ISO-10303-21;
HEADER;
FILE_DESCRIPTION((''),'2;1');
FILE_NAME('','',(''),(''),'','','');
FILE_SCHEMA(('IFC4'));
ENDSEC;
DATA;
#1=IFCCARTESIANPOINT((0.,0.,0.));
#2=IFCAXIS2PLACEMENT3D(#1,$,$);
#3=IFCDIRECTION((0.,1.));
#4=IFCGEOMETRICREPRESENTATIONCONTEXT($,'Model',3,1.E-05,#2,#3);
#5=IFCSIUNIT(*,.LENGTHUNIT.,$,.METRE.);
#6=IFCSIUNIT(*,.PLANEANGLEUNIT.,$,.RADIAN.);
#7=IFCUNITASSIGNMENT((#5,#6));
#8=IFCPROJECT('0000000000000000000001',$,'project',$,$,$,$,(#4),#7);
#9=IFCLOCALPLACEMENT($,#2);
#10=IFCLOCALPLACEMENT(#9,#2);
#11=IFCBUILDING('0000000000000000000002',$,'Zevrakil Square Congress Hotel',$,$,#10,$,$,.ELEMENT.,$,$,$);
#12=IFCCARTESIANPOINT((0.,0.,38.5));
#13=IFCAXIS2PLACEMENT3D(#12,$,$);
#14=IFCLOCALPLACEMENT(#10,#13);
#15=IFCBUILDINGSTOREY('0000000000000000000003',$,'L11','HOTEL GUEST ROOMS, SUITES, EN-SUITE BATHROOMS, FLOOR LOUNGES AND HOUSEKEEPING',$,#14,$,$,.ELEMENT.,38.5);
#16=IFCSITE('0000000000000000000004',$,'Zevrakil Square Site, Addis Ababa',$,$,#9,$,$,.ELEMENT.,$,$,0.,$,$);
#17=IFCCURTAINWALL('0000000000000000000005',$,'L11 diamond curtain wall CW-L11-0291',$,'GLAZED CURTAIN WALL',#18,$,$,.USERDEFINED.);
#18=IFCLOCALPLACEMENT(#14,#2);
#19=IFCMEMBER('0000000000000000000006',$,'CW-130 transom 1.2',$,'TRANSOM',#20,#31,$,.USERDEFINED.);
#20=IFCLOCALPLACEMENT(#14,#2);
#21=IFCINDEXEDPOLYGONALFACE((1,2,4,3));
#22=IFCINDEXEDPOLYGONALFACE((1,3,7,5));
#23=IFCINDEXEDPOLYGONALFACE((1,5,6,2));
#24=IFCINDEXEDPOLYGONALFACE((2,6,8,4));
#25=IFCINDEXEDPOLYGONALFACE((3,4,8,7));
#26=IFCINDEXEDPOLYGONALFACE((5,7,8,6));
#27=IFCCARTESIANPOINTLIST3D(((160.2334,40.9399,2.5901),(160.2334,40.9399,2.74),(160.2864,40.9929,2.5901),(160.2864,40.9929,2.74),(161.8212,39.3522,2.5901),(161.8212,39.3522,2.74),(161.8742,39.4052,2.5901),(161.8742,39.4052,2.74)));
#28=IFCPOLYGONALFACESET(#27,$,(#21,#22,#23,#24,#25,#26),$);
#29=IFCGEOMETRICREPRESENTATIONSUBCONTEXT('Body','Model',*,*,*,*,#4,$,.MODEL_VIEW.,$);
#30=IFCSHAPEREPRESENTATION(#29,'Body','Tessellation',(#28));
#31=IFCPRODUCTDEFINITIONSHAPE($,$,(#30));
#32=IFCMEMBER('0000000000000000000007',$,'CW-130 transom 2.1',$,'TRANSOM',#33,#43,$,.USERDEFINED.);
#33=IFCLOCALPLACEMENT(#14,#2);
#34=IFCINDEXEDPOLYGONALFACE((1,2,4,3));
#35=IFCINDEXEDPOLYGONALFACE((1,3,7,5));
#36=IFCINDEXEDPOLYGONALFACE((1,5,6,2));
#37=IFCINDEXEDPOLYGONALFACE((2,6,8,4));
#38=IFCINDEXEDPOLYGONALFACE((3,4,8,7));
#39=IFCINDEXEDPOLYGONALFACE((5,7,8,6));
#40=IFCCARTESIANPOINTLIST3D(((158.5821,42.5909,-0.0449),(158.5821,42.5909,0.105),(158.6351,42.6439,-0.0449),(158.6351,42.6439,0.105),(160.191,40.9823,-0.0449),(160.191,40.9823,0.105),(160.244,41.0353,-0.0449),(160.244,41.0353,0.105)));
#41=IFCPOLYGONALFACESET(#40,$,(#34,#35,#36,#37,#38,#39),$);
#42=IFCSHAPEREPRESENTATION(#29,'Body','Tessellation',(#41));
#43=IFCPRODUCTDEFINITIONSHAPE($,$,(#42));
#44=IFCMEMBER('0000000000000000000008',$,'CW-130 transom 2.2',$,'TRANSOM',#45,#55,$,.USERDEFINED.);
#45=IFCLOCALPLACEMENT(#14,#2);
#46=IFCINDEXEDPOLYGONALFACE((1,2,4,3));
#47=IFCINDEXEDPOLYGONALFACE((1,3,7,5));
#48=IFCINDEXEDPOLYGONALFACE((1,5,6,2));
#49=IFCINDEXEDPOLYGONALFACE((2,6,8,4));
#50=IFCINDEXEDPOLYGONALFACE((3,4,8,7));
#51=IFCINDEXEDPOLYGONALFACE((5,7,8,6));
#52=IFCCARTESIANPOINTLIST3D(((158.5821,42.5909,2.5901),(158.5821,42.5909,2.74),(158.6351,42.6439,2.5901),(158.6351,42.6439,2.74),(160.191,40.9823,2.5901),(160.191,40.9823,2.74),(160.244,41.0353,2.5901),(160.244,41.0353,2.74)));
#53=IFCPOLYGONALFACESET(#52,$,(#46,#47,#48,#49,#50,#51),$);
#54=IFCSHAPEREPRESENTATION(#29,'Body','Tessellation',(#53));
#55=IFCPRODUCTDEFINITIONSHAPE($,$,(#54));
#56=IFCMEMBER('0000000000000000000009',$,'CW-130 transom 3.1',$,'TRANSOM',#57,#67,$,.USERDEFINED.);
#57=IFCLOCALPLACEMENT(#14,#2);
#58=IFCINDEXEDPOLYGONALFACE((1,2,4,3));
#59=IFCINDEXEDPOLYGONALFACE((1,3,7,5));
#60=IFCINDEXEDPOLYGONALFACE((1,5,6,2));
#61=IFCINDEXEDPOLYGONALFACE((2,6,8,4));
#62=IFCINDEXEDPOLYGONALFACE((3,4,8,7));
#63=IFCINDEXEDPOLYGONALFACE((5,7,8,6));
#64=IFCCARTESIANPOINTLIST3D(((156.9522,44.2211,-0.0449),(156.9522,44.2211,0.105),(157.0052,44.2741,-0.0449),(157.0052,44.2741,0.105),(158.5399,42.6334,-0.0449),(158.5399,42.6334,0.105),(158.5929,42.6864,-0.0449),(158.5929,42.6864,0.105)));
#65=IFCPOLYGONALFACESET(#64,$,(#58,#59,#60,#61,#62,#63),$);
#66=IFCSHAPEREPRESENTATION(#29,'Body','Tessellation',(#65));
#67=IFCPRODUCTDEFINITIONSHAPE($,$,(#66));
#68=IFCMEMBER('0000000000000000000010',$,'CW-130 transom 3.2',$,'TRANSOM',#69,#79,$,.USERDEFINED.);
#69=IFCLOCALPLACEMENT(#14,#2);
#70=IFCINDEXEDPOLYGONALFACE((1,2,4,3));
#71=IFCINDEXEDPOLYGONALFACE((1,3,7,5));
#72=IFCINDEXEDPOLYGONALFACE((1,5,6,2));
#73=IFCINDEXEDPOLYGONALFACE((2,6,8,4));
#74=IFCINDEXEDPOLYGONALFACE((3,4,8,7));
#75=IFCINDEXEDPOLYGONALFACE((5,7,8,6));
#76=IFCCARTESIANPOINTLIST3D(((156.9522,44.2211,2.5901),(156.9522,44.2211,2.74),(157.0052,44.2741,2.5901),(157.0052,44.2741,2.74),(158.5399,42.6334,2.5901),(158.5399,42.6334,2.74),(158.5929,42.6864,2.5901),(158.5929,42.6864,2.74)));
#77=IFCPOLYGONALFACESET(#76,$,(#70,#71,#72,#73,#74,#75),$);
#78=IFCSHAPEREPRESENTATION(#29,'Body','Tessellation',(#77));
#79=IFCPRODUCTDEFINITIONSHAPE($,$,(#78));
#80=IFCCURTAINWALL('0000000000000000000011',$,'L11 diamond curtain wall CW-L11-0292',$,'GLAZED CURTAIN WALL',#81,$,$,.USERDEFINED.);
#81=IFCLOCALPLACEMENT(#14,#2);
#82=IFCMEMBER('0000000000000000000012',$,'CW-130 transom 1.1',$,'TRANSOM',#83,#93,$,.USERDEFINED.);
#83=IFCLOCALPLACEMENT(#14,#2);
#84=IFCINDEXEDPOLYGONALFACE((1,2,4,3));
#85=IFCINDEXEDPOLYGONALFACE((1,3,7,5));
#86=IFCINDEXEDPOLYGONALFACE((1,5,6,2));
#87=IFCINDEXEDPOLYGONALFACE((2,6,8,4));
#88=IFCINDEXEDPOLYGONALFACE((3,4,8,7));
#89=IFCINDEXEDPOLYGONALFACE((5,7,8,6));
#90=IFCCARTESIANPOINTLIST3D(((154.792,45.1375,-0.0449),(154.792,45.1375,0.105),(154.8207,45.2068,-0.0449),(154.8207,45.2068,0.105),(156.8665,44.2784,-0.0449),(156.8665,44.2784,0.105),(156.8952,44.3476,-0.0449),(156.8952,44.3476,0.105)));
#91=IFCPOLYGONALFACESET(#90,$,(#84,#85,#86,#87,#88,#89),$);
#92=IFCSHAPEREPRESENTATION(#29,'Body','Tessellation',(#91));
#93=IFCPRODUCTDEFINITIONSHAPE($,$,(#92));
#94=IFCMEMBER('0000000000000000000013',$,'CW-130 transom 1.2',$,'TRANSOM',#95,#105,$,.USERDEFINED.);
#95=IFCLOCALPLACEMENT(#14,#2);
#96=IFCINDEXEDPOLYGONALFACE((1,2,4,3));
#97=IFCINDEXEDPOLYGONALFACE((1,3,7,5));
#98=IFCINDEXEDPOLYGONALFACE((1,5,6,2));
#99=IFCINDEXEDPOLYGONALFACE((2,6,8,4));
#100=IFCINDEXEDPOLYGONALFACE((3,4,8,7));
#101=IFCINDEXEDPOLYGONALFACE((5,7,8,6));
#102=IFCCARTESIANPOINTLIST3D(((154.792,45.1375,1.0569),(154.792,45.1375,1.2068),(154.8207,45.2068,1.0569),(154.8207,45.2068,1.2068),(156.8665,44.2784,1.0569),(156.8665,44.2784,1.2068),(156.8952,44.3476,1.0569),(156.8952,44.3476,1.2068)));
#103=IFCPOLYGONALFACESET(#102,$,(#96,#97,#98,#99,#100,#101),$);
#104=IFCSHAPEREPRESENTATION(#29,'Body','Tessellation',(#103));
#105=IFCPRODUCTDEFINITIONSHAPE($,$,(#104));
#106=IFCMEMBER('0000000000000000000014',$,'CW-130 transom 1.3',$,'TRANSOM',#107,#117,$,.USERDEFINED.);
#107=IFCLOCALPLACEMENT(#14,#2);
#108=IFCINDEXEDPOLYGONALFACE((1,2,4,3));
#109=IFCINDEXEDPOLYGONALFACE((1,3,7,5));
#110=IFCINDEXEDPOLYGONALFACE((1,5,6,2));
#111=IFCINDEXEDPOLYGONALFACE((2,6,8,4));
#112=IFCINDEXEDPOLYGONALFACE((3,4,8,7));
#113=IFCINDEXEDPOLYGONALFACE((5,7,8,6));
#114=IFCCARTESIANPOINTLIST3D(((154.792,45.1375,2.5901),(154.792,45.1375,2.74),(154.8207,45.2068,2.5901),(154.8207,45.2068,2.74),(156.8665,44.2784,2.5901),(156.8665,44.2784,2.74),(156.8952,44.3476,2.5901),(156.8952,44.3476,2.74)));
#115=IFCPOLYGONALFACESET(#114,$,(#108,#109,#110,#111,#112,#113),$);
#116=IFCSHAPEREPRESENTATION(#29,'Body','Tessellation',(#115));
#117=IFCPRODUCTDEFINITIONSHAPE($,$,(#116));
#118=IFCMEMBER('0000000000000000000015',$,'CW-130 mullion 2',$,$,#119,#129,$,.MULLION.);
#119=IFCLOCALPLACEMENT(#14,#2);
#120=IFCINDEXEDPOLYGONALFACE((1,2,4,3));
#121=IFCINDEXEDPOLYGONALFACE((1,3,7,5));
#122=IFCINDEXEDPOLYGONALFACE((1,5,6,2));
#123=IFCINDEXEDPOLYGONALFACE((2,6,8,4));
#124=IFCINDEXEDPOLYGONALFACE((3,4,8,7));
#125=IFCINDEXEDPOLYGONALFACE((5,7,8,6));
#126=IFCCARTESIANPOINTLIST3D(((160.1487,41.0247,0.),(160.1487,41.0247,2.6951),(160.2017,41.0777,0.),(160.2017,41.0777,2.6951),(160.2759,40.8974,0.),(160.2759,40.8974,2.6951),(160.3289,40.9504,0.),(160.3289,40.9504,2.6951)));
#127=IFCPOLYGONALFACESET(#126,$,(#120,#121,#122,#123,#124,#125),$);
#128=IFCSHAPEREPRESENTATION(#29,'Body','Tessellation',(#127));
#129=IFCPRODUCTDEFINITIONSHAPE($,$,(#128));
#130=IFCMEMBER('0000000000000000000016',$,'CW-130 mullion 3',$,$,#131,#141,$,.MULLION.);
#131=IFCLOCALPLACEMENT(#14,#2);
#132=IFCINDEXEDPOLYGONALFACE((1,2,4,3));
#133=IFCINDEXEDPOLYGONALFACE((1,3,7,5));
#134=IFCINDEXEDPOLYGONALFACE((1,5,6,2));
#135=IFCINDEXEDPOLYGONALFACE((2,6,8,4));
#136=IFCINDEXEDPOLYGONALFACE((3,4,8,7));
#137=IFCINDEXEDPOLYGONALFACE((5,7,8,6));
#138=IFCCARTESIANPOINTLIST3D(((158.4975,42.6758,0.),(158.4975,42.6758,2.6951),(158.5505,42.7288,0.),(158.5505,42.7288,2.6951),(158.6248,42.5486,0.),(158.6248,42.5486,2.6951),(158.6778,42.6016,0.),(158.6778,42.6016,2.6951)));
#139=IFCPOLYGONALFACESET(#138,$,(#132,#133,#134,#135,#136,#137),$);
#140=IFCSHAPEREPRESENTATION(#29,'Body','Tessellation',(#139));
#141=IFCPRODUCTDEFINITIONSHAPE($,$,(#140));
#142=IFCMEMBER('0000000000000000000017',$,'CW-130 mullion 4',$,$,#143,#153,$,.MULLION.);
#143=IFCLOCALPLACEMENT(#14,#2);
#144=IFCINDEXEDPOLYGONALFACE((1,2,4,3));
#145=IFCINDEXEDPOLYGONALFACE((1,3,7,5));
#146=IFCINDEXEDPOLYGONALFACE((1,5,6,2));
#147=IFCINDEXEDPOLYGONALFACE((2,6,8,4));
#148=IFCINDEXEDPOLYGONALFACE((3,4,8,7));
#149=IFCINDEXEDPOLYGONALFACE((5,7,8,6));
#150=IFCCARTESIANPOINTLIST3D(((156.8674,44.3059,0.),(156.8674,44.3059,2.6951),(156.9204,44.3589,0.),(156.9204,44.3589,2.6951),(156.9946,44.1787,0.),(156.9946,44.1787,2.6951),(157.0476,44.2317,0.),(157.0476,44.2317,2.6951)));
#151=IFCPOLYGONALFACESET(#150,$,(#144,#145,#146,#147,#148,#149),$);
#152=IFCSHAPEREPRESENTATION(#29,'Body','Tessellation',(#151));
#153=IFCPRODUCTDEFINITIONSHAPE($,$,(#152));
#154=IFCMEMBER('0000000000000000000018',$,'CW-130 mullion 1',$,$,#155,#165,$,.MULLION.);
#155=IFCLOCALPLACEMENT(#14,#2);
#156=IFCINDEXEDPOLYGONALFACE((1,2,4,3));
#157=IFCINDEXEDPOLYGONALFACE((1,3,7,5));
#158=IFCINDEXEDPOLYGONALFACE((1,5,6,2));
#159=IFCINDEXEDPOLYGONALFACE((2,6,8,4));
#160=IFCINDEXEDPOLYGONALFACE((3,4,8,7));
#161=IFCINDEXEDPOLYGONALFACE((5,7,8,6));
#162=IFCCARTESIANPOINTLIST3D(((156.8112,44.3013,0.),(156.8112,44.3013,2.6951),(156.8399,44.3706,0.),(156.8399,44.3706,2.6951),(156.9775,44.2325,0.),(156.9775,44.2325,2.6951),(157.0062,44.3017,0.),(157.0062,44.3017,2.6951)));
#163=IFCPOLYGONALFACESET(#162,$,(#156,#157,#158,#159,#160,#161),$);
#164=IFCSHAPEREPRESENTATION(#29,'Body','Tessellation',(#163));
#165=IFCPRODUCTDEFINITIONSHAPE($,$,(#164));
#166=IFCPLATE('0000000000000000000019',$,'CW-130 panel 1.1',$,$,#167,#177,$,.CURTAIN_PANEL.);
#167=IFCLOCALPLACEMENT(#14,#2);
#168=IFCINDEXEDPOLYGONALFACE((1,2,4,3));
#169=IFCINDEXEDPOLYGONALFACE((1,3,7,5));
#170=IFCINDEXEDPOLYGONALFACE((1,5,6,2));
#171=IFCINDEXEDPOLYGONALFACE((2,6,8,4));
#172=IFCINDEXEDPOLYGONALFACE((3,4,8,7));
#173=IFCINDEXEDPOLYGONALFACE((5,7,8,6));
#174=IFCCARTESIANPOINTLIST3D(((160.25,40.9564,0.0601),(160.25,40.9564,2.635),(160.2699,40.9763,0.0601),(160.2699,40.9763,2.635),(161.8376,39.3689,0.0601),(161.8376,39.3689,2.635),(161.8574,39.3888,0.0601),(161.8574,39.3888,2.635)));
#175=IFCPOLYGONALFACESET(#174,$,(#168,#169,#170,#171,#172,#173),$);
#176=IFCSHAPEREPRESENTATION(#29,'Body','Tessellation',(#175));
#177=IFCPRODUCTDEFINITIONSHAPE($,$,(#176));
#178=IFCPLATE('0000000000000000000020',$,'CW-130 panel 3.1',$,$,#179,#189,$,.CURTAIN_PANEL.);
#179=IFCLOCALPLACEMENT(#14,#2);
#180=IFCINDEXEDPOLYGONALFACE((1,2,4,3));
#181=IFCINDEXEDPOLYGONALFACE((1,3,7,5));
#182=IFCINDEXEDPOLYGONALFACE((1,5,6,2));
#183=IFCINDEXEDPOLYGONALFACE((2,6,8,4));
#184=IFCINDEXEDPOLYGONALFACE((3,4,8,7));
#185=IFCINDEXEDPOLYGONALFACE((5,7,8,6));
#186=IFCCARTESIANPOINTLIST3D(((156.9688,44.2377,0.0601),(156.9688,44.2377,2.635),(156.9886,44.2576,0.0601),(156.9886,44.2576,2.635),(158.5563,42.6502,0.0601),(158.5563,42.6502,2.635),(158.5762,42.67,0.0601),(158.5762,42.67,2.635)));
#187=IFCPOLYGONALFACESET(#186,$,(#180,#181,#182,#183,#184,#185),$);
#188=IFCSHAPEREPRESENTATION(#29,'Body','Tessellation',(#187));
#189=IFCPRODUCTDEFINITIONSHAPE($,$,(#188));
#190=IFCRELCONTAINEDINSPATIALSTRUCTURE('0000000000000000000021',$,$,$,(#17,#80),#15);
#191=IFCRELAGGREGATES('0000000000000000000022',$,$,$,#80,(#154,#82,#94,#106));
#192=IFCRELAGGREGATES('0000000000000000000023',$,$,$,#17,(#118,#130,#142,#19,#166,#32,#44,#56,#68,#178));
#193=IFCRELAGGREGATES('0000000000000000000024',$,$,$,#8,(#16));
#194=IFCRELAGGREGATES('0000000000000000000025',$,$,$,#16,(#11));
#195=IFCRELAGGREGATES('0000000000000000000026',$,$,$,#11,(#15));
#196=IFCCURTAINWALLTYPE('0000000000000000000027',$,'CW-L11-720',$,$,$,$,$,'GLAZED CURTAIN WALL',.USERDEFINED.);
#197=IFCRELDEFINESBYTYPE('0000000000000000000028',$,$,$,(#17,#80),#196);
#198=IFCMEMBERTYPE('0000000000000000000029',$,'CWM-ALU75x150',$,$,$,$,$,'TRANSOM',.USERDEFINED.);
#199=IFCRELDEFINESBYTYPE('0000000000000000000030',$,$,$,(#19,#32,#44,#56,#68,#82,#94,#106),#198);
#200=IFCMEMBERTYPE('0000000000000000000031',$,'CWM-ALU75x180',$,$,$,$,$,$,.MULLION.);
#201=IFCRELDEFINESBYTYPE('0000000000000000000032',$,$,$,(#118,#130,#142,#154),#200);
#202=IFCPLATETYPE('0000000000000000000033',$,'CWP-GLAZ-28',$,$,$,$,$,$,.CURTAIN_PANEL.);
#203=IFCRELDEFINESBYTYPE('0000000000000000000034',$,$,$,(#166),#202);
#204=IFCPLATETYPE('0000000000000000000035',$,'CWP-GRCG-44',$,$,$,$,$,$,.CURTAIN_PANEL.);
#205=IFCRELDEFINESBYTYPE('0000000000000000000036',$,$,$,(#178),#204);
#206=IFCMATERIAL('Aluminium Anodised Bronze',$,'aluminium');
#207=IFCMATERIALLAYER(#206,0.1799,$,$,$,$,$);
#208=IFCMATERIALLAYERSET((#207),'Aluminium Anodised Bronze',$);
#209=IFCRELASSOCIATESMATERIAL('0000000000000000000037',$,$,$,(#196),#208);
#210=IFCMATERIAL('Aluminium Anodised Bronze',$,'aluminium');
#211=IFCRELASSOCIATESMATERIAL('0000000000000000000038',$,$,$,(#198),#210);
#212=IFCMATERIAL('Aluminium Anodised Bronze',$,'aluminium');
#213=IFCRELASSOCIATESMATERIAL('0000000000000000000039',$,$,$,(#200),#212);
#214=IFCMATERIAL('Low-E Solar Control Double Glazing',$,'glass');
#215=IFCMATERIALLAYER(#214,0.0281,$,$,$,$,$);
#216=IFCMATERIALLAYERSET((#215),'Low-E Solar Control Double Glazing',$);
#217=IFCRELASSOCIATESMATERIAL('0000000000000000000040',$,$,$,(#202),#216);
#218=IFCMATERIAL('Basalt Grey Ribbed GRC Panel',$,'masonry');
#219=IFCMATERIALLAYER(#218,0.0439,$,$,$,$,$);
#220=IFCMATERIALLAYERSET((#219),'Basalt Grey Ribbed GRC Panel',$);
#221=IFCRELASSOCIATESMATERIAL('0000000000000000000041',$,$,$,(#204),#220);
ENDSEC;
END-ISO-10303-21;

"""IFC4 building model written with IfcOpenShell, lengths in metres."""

from ifc_helpers import new_model, si_unit, direction, frame, origin, origin_2d, place, context, subcontext, project, spatial, rectangle, extrude, material, layer, layer_set, material_profile, profile_set, type_object, element, aggregate, save


model = new_model("IFC4")

# Units and contexts
model_context = context("Model", 3, precision=1e-05, world=origin(), true_north=direction((0.0, 1.0)))
body_context = subcontext(model_context, "Body", "Model", "MODEL_VIEW")
ifc_project = project(units=[si_unit("LENGTHUNIT", "METRE"), si_unit("PLANEANGLEUNIT", "RADIAN")], contexts=[model_context])

# Site, building, storey
site_placement = place(None, origin())
site = spatial("IfcSite", under=ifc_project, at=site_placement, Name="Zevrakil Square Site, Addis Ababa", CompositionType="ELEMENT", RefElevation=0.0)
building_placement = place(site_placement, origin())
building = spatial("IfcBuilding", under=site, at=building_placement, Name="Zevrakil Square Congress Hotel", CompositionType="ELEMENT")
storey_placement = place(building_placement, frame((0.0, 0.0, 38.5)))
storey = spatial("IfcBuildingStorey", under=building, at=storey_placement, Name="L11", Description="HOTEL GUEST ROOMS, SUITES, EN-SUITE BATHROOMS, FLOOR LOUNGES AND HOUSEKEEPING", CompositionType="ELEMENT", Elevation=38.5)

# Curtain walls, members
ifc_material_1 = material(Name="Aluminium Anodised Bronze", Category="aluminium")
ifc_layer_1 = layer(ifc_material_1, 0.1799)
ifc_layer_set_1 = layer_set([ifc_layer_1], Name="Aluminium Anodised Bronze")
curtain_wall_type = type_object("IfcCurtainWallType", Name="CW-L11-720", ElementType="GLAZED CURTAIN WALL", PredefinedType="USERDEFINED", material=ifc_layer_set_1)
curtain_wall_1_placement = place(storey_placement, origin())
curtain_wall_1 = element("IfcCurtainWall", 1, at=curtain_wall_1_placement, inside=storey, type_object=curtain_wall_type, Name="L11 diamond curtain wall CW-L11-0291", ObjectType="GLAZED CURTAIN WALL", PredefinedType="USERDEFINED")
ifc_material_2 = material(Name="Aluminium Anodised Bronze", Category="aluminium")
ifc_material_profile_1 = material_profile(ifc_material_2, rectangle(XDim=0.075, YDim=0.1499, at=origin_2d()), Name="ALU 75x150")
ifc_profile_set_1 = profile_set([ifc_material_profile_1], Name="Aluminium Anodised Bronze")
member_type_1 = type_object("IfcMemberType", Name="CWM-ALU75x150", ElementType="TRANSOM", PredefinedType="USERDEFINED", material=ifc_profile_set_1)
member_1_placement = place(storey_placement, frame((161.8477, 39.3787, 2.665), z_axis=(-0.707107, 0.707107, 0.0), x_axis=(-0.707107, -0.707107, 0.0)))
member_1 = element("IfcMember", 2, at=member_1_placement, type_object=member_type_1, Name="CW-130 transom 1.2", ObjectType="TRANSOM", PredefinedType="USERDEFINED", context=body_context, shape_type="SweptSolid", body=[
    extrude(rectangle(XDim=0.075, YDim=0.1499, at=origin_2d()), origin(), (0.0, 0.0, 1.0), 2.2454),
])
member_2_placement = place(storey_placement, frame((160.2175, 41.0088, 0.03), z_axis=(-0.70716, 0.707053, 0.0), x_axis=(-0.707053, -0.70716, 0.0)))
member_2 = element("IfcMember", 3, at=member_2_placement, type_object=member_type_1, Name="CW-130 transom 2.1", ObjectType="TRANSOM", PredefinedType="USERDEFINED", context=body_context, shape_type="SweptSolid", body=[
    extrude(rectangle(XDim=0.075, YDim=0.1499, at=origin_2d()), origin(), (0.0, 0.0, 1.0), 2.2751),
])
member_3_placement = place(storey_placement, frame((160.2175, 41.0088, 2.665), z_axis=(-0.70716, 0.707053, 0.0), x_axis=(-0.707053, -0.70716, 0.0)))
member_3 = element("IfcMember", 4, at=member_3_placement, type_object=member_type_1, Name="CW-130 transom 2.2", ObjectType="TRANSOM", PredefinedType="USERDEFINED", context=body_context, shape_type="SweptSolid", body=[
    extrude(rectangle(XDim=0.075, YDim=0.1499, at=origin_2d()), origin(), (0.0, 0.0, 1.0), 2.2751),
])
member_4_placement = place(storey_placement, frame((158.5664, 42.6599, 0.03), z_axis=(-0.707107, 0.707107, 0.0), x_axis=(-0.707107, -0.707107, 0.0)))
member_4 = element("IfcMember", 5, at=member_4_placement, type_object=member_type_1, Name="CW-130 transom 3.1", ObjectType="TRANSOM", PredefinedType="USERDEFINED", context=body_context, shape_type="SweptSolid", body=[
    extrude(rectangle(XDim=0.075, YDim=0.1499, at=origin_2d()), origin(), (0.0, 0.0, 1.0), 2.2454),
])
member_5_placement = place(storey_placement, frame((158.5664, 42.6599, 2.665), z_axis=(-0.707107, 0.707107, 0.0), x_axis=(-0.707107, -0.707107, 0.0)))
member_5 = element("IfcMember", 6, at=member_5_placement, type_object=member_type_1, Name="CW-130 transom 3.2", ObjectType="TRANSOM", PredefinedType="USERDEFINED", context=body_context, shape_type="SweptSolid", body=[
    extrude(rectangle(XDim=0.075, YDim=0.1499, at=origin_2d()), origin(), (0.0, 0.0, 1.0), 2.2454),
])
curtain_wall_2_placement = place(storey_placement, origin())
curtain_wall_2 = element("IfcCurtainWall", 7, at=curtain_wall_2_placement, inside=storey, type_object=curtain_wall_type, Name="L11 diamond curtain wall CW-L11-0292", ObjectType="GLAZED CURTAIN WALL", PredefinedType="USERDEFINED")
member_6_placement = place(storey_placement, frame((156.8809, 44.313, 0.03), z_axis=(-0.923902, 0.38263, 0.0), x_axis=(-0.38263, -0.923902, 0.0)))
member_6 = element("IfcMember", 8, at=member_6_placement, type_object=member_type_1, Name="CW-130 transom 1.1", ObjectType="TRANSOM", PredefinedType="USERDEFINED", context=body_context, shape_type="SweptSolid", body=[
    extrude(rectangle(XDim=0.075, YDim=0.1499, at=origin_2d()), origin(), (0.0, 0.0, 1.0), 2.2454),
])
member_7_placement = place(storey_placement, frame((156.8809, 44.313, 1.1318), z_axis=(-0.923902, 0.38263, 0.0), x_axis=(-0.38263, -0.923902, 0.0)))
member_7 = element("IfcMember", 9, at=member_7_placement, type_object=member_type_1, Name="CW-130 transom 1.2", ObjectType="TRANSOM", PredefinedType="USERDEFINED", context=body_context, shape_type="SweptSolid", body=[
    extrude(rectangle(XDim=0.075, YDim=0.1499, at=origin_2d()), origin(), (0.0, 0.0, 1.0), 2.2454),
])
member_8_placement = place(storey_placement, frame((156.8809, 44.313, 2.665), z_axis=(-0.923902, 0.38263, 0.0), x_axis=(-0.38263, -0.923902, 0.0)))
member_8 = element("IfcMember", 10, at=member_8_placement, type_object=member_type_1, Name="CW-130 transom 1.3", ObjectType="TRANSOM", PredefinedType="USERDEFINED", context=body_context, shape_type="SweptSolid", body=[
    extrude(rectangle(XDim=0.075, YDim=0.1499, at=origin_2d()), origin(), (0.0, 0.0, 1.0), 2.2454),
])

# Members
ifc_material_3 = material(Name="Aluminium Anodised Bronze", Category="aluminium")
ifc_material_profile_2 = material_profile(ifc_material_3, rectangle(XDim=0.075, YDim=0.1799, at=origin_2d()), Name="ALU 75x180")
ifc_profile_set_2 = profile_set([ifc_material_profile_2], Name="Aluminium Anodised Bronze")
member_type_2 = type_object("IfcMemberType", Name="CWM-ALU75x180", PredefinedType="MULLION", material=ifc_profile_set_2)
member_9_placement = place(storey_placement, frame((160.2388, 40.9875, 0.0), z_axis=(0.0, 0.0, 1.0), x_axis=(-0.707107, -0.707107, 0.0)))
member_9 = element("IfcMember", 11, at=member_9_placement, type_object=member_type_2, Name="CW-130 mullion 2", PredefinedType="MULLION", context=body_context, shape_type="SweptSolid", body=[
    extrude(rectangle(XDim=0.075, YDim=0.1799, at=origin_2d()), origin(), (0.0, 0.0, 1.0), 2.6951),
])
member_10_placement = place(storey_placement, frame((158.5876, 42.6387, 0.0), z_axis=(0.0, 0.0, 1.0), x_axis=(-0.707107, -0.707107, 0.0)))
member_10 = element("IfcMember", 12, at=member_10_placement, type_object=member_type_2, Name="CW-130 mullion 3", PredefinedType="MULLION", context=body_context, shape_type="SweptSolid", body=[
    extrude(rectangle(XDim=0.075, YDim=0.1799, at=origin_2d()), origin(), (0.0, 0.0, 1.0), 2.6951),
])
member_11_placement = place(storey_placement, frame((156.9575, 44.2688, 0.0), z_axis=(0.0, 0.0, 1.0), x_axis=(-0.707107, -0.707107, 0.0)))
member_11 = element("IfcMember", 13, at=member_11_placement, type_object=member_type_2, Name="CW-130 mullion 4", PredefinedType="MULLION", context=body_context, shape_type="SweptSolid", body=[
    extrude(rectangle(XDim=0.075, YDim=0.1799, at=origin_2d()), origin(), (0.0, 0.0, 1.0), 2.6951),
])
member_12_placement = place(storey_placement, frame((156.9087, 44.3015, 0.0), z_axis=(0.0, 0.0, 1.0), x_axis=(-0.382684, -0.923879, 0.0)))
member_12 = element("IfcMember", 14, at=member_12_placement, type_object=member_type_2, Name="CW-130 mullion 1", PredefinedType="MULLION", context=body_context, shape_type="SweptSolid", body=[
    extrude(rectangle(XDim=0.075, YDim=0.1799, at=origin_2d()), origin(), (0.0, 0.0, 1.0), 2.6951),
])
aggregate(curtain_wall_2, [member_12, member_6, member_7, member_8])

# Plates
ifc_material_4 = material(Name="Low-E Solar Control Double Glazing", Category="glass")
ifc_layer_2 = layer(ifc_material_4, 0.0281)
ifc_layer_set_2 = layer_set([ifc_layer_2], Name="Low-E Solar Control Double Glazing")
plate_type_1 = type_object("IfcPlateType", Name="CWP-GLAZ-28", PredefinedType="CURTAIN_PANEL", material=ifc_layer_set_2)
plate_1_placement = place(storey_placement, frame((161.0537, 40.1726, 0.0601), z_axis=(0.0, 0.0, 1.0), x_axis=(-0.707107, 0.707107, 0.0)))
plate_1 = element("IfcPlate", 15, at=plate_1_placement, type_object=plate_type_1, Name="CW-130 panel 1.1", PredefinedType="CURTAIN_PANEL", context=body_context, shape_type="SweptSolid", body=[
    extrude(rectangle(XDim=2.2451, YDim=0.0281, at=origin_2d()), origin(), (0.0, 0.0, 1.0), 2.575),
])
ifc_material_5 = material(Name="Basalt Grey Ribbed GRC Panel", Category="masonry")
ifc_layer_3 = layer(ifc_material_5, 0.0439)
ifc_layer_set_3 = layer_set([ifc_layer_3], Name="Basalt Grey Ribbed GRC Panel")
plate_type_2 = type_object("IfcPlateType", Name="CWP-GRCG-44", PredefinedType="CURTAIN_PANEL", material=ifc_layer_set_3)
plate_2_placement = place(storey_placement, frame((157.7725, 43.4539, 0.0601), z_axis=(0.0, 0.0, 1.0), x_axis=(-0.707107, 0.707107, 0.0)))
plate_2 = element("IfcPlate", 16, at=plate_2_placement, type_object=plate_type_2, Name="CW-130 panel 3.1", PredefinedType="CURTAIN_PANEL", context=body_context, shape_type="SweptSolid", body=[
    extrude(rectangle(XDim=2.2451, YDim=0.0281, at=origin_2d()), origin(), (0.0, 0.0, 1.0), 2.575),
])
aggregate(curtain_wall_1, [member_9, member_10, member_11, member_1, plate_1, member_2, member_3, member_4, member_5, plate_2])

save(model, "model.ifc")
